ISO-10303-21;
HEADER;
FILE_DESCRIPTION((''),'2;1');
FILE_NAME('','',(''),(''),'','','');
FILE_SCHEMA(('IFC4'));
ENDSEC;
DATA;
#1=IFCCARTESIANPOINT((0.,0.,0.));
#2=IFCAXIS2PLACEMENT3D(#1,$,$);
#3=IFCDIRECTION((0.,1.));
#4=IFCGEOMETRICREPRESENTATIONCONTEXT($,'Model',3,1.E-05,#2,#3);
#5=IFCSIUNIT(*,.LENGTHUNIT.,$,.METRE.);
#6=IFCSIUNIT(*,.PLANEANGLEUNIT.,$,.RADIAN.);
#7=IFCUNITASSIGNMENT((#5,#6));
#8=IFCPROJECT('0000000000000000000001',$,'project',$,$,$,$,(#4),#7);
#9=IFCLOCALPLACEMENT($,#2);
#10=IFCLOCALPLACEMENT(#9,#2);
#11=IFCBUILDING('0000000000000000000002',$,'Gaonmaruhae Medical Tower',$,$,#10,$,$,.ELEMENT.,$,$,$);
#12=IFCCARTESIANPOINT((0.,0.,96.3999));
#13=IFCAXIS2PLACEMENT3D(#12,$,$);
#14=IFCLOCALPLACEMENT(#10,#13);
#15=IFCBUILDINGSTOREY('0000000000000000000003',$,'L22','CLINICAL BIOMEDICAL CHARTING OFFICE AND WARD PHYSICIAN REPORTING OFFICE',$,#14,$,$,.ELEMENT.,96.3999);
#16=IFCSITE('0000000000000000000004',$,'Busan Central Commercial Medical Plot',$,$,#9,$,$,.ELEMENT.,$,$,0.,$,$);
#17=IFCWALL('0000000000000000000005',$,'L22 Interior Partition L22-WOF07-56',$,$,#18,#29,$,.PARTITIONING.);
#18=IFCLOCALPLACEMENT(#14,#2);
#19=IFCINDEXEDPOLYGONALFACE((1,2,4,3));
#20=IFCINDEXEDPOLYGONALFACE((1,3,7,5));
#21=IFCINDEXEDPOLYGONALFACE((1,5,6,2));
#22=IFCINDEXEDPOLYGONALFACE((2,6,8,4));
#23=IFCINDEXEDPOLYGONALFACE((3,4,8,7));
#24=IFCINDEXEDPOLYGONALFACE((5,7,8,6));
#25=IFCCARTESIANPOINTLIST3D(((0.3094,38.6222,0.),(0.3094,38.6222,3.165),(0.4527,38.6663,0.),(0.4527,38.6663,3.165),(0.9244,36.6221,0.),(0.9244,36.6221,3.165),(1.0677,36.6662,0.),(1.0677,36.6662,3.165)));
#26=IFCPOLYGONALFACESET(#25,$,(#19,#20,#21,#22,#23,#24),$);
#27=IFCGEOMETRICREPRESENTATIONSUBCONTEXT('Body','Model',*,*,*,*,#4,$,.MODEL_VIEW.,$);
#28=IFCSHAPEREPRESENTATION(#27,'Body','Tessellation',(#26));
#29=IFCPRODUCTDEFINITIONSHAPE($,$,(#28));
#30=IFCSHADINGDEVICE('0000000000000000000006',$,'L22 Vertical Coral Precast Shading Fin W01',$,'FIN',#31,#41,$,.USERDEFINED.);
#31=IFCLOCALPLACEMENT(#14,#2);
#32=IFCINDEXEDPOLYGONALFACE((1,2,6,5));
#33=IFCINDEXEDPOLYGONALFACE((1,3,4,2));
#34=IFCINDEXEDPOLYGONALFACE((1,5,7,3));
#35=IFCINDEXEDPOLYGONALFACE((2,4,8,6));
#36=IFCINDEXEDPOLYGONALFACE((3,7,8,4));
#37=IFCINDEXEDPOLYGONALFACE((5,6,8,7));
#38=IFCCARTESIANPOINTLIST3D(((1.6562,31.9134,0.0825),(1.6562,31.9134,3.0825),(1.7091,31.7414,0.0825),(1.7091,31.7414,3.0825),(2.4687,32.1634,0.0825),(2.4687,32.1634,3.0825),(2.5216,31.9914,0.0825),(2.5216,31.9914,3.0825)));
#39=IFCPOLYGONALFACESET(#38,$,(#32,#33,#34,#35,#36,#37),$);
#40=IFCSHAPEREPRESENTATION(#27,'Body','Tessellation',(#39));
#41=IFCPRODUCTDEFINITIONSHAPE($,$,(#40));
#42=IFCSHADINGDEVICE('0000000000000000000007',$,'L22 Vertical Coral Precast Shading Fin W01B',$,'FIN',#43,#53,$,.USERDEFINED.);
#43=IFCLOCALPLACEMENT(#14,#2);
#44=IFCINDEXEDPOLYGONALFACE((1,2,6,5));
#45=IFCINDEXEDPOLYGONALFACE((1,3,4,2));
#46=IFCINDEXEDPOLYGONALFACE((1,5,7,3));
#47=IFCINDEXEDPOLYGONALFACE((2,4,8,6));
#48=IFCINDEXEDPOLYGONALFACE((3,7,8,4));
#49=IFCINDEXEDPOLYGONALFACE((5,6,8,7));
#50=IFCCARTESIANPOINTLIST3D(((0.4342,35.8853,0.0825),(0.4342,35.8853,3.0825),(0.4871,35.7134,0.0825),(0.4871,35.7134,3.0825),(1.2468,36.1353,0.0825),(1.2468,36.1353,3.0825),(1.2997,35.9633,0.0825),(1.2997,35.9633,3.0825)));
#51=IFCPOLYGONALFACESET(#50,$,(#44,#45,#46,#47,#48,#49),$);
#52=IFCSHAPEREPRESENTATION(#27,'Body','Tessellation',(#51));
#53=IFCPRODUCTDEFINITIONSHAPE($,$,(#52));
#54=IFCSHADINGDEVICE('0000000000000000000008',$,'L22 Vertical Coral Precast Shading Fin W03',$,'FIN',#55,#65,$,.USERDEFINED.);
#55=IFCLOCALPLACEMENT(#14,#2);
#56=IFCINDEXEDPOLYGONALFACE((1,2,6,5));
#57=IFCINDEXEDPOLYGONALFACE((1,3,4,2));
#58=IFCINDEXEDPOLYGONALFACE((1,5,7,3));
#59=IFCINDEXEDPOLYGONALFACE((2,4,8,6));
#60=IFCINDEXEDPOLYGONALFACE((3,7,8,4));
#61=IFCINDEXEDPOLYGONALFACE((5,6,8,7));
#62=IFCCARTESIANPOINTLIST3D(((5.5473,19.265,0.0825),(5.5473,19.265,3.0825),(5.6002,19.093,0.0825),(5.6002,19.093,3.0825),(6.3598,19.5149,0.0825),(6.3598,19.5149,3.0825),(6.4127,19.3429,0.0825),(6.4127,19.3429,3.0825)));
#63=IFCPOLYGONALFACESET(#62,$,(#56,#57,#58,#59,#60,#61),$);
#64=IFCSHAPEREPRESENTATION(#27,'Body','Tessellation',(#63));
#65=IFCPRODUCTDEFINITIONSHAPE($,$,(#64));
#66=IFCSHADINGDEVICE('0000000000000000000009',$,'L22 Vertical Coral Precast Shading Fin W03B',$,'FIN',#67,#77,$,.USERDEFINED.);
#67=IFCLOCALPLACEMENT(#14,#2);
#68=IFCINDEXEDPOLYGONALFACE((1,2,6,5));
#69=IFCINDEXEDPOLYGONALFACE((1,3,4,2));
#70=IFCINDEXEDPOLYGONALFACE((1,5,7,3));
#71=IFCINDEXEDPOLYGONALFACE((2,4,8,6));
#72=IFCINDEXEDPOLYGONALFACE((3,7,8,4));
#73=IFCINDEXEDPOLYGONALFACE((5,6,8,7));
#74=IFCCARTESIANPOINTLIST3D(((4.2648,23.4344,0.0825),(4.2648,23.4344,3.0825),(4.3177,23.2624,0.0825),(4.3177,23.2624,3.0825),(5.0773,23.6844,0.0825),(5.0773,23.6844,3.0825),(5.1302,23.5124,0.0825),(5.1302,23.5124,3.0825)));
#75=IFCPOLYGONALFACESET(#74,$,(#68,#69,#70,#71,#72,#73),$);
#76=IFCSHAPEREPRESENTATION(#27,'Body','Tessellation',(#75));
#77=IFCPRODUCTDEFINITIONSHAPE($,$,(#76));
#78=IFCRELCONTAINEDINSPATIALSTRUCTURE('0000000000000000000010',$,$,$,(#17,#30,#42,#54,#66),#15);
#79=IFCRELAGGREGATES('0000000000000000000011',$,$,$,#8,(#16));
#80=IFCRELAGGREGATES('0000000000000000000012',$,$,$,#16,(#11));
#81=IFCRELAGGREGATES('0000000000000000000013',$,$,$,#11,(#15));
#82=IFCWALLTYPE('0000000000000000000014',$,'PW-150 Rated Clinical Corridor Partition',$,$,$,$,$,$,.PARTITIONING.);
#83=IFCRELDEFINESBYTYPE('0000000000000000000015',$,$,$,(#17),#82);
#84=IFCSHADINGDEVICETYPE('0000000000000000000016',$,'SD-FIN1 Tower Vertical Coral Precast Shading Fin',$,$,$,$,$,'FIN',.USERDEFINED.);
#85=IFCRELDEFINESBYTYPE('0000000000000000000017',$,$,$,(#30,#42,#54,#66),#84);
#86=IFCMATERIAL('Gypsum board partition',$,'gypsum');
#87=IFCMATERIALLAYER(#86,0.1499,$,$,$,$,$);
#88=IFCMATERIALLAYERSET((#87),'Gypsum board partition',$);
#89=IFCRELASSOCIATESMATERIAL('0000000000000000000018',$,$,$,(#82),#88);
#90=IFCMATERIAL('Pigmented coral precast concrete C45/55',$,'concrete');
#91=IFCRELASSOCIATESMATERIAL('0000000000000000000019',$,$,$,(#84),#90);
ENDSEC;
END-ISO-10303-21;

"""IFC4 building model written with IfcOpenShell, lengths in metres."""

from ifc_helpers import new_model, si_unit, direction, frame, frame_2d, origin, origin_2d, place, context, subcontext, project, spatial, rectangle, extrude, material, layer, layer_set, type_object, element, save


model = new_model("IFC4")

# Units and contexts
model_context = context("Model", 3, precision=1e-05, world=origin(), true_north=direction((0.0, 1.0)))
body_context = subcontext(model_context, "Body", "Model", "MODEL_VIEW")
ifc_project = project(units=[si_unit("LENGTHUNIT", "METRE"), si_unit("PLANEANGLEUNIT", "RADIAN")], contexts=[model_context])

# Site, building, storey
site_placement = place(None, origin())
site = spatial("IfcSite", under=ifc_project, at=site_placement, Name="Busan Central Commercial Medical Plot", CompositionType="ELEMENT", RefElevation=0.0)
building_placement = place(site_placement, origin())
building = spatial("IfcBuilding", under=site, at=building_placement, Name="Gaonmaruhae Medical Tower", CompositionType="ELEMENT")
storey_placement = place(building_placement, frame((0.0, 0.0, 96.3999)))
storey = spatial("IfcBuildingStorey", under=building, at=storey_placement, Name="L22", Description="CLINICAL BIOMEDICAL CHARTING OFFICE AND WARD PHYSICIAN REPORTING OFFICE", CompositionType="ELEMENT", Elevation=96.3999)

# Wall
ifc_material_1 = material(Name="Gypsum board partition", Category="gypsum")
ifc_layer_1 = layer(ifc_material_1, 0.1499)
ifc_layer_set_1 = layer_set([ifc_layer_1], Name="Gypsum board partition")
wall_type_1 = type_object("IfcWallType", Name="PW-150 Rated Clinical Corridor Partition", PredefinedType="PARTITIONING", material=ifc_layer_set_1)
wall_1_placement = place(storey_placement, frame((0.9961, 36.644, 0.0), z_axis=(0.0, 0.0, 1.0), x_axis=(-0.293914, 0.955832, 0.0)))
element("IfcWall", 1, at=wall_1_placement, inside=storey, type_object=wall_type_1, Name="L22 Interior Partition L22-WOF07-56", PredefinedType="PARTITIONING", context=body_context, shape_type="SweptSolid", body=[
    extrude(rectangle(XDim=2.0925, YDim=0.1499, at=frame_2d((1.0464, 0.0))), origin(), (0.0, 0.0, 1.0), 3.165),
])

# Shading devices
ifc_material_2 = material(Name="Pigmented coral precast concrete C45/55", Category="concrete")
shading_device_type = type_object("IfcShadingDeviceType", Name="SD-FIN1 Tower Vertical Coral Precast Shading Fin", ElementType="FIN", PredefinedType="USERDEFINED", material=ifc_material_2)
for number, where, z_axis, x_axis, name in (
    (2, (2.0889, 31.9524, 0.0825), (0.0, 0.0, 1.0), (-0.294024, 0.955798, 0.0), "L22 Vertical Coral Precast Shading Fin W01"),
    (3, (0.8669, 35.9243, 0.0825), (0.0, 0.0, 1.0), (-0.294024, 0.955798, 0.0), "L22 Vertical Coral Precast Shading Fin W01B"),
    (4, (5.98, 19.304, 0.0825), (0.0, 0.0, 1.0), (-0.29404, 0.955793, 0.0), "L22 Vertical Coral Precast Shading Fin W03"),
    (5, (4.6975, 23.4734, 0.0825), (0.0, 0.0, 1.0), (-0.29404, 0.955793, 0.0), "L22 Vertical Coral Precast Shading Fin W03B"),
):
    element("IfcShadingDevice", number, at=place(storey_placement, frame(where, z_axis=z_axis, x_axis=x_axis)), inside=storey, type_object=shading_device_type, Name=name, ObjectType="FIN", PredefinedType="USERDEFINED", context=body_context, shape_type="SweptSolid", body=[
        extrude(rectangle(XDim=0.1799, YDim=0.8501, at=origin_2d()), origin(), (0.0, 0.0, 1.0), 3.0),
    ])

save(model, "model.ifc")
